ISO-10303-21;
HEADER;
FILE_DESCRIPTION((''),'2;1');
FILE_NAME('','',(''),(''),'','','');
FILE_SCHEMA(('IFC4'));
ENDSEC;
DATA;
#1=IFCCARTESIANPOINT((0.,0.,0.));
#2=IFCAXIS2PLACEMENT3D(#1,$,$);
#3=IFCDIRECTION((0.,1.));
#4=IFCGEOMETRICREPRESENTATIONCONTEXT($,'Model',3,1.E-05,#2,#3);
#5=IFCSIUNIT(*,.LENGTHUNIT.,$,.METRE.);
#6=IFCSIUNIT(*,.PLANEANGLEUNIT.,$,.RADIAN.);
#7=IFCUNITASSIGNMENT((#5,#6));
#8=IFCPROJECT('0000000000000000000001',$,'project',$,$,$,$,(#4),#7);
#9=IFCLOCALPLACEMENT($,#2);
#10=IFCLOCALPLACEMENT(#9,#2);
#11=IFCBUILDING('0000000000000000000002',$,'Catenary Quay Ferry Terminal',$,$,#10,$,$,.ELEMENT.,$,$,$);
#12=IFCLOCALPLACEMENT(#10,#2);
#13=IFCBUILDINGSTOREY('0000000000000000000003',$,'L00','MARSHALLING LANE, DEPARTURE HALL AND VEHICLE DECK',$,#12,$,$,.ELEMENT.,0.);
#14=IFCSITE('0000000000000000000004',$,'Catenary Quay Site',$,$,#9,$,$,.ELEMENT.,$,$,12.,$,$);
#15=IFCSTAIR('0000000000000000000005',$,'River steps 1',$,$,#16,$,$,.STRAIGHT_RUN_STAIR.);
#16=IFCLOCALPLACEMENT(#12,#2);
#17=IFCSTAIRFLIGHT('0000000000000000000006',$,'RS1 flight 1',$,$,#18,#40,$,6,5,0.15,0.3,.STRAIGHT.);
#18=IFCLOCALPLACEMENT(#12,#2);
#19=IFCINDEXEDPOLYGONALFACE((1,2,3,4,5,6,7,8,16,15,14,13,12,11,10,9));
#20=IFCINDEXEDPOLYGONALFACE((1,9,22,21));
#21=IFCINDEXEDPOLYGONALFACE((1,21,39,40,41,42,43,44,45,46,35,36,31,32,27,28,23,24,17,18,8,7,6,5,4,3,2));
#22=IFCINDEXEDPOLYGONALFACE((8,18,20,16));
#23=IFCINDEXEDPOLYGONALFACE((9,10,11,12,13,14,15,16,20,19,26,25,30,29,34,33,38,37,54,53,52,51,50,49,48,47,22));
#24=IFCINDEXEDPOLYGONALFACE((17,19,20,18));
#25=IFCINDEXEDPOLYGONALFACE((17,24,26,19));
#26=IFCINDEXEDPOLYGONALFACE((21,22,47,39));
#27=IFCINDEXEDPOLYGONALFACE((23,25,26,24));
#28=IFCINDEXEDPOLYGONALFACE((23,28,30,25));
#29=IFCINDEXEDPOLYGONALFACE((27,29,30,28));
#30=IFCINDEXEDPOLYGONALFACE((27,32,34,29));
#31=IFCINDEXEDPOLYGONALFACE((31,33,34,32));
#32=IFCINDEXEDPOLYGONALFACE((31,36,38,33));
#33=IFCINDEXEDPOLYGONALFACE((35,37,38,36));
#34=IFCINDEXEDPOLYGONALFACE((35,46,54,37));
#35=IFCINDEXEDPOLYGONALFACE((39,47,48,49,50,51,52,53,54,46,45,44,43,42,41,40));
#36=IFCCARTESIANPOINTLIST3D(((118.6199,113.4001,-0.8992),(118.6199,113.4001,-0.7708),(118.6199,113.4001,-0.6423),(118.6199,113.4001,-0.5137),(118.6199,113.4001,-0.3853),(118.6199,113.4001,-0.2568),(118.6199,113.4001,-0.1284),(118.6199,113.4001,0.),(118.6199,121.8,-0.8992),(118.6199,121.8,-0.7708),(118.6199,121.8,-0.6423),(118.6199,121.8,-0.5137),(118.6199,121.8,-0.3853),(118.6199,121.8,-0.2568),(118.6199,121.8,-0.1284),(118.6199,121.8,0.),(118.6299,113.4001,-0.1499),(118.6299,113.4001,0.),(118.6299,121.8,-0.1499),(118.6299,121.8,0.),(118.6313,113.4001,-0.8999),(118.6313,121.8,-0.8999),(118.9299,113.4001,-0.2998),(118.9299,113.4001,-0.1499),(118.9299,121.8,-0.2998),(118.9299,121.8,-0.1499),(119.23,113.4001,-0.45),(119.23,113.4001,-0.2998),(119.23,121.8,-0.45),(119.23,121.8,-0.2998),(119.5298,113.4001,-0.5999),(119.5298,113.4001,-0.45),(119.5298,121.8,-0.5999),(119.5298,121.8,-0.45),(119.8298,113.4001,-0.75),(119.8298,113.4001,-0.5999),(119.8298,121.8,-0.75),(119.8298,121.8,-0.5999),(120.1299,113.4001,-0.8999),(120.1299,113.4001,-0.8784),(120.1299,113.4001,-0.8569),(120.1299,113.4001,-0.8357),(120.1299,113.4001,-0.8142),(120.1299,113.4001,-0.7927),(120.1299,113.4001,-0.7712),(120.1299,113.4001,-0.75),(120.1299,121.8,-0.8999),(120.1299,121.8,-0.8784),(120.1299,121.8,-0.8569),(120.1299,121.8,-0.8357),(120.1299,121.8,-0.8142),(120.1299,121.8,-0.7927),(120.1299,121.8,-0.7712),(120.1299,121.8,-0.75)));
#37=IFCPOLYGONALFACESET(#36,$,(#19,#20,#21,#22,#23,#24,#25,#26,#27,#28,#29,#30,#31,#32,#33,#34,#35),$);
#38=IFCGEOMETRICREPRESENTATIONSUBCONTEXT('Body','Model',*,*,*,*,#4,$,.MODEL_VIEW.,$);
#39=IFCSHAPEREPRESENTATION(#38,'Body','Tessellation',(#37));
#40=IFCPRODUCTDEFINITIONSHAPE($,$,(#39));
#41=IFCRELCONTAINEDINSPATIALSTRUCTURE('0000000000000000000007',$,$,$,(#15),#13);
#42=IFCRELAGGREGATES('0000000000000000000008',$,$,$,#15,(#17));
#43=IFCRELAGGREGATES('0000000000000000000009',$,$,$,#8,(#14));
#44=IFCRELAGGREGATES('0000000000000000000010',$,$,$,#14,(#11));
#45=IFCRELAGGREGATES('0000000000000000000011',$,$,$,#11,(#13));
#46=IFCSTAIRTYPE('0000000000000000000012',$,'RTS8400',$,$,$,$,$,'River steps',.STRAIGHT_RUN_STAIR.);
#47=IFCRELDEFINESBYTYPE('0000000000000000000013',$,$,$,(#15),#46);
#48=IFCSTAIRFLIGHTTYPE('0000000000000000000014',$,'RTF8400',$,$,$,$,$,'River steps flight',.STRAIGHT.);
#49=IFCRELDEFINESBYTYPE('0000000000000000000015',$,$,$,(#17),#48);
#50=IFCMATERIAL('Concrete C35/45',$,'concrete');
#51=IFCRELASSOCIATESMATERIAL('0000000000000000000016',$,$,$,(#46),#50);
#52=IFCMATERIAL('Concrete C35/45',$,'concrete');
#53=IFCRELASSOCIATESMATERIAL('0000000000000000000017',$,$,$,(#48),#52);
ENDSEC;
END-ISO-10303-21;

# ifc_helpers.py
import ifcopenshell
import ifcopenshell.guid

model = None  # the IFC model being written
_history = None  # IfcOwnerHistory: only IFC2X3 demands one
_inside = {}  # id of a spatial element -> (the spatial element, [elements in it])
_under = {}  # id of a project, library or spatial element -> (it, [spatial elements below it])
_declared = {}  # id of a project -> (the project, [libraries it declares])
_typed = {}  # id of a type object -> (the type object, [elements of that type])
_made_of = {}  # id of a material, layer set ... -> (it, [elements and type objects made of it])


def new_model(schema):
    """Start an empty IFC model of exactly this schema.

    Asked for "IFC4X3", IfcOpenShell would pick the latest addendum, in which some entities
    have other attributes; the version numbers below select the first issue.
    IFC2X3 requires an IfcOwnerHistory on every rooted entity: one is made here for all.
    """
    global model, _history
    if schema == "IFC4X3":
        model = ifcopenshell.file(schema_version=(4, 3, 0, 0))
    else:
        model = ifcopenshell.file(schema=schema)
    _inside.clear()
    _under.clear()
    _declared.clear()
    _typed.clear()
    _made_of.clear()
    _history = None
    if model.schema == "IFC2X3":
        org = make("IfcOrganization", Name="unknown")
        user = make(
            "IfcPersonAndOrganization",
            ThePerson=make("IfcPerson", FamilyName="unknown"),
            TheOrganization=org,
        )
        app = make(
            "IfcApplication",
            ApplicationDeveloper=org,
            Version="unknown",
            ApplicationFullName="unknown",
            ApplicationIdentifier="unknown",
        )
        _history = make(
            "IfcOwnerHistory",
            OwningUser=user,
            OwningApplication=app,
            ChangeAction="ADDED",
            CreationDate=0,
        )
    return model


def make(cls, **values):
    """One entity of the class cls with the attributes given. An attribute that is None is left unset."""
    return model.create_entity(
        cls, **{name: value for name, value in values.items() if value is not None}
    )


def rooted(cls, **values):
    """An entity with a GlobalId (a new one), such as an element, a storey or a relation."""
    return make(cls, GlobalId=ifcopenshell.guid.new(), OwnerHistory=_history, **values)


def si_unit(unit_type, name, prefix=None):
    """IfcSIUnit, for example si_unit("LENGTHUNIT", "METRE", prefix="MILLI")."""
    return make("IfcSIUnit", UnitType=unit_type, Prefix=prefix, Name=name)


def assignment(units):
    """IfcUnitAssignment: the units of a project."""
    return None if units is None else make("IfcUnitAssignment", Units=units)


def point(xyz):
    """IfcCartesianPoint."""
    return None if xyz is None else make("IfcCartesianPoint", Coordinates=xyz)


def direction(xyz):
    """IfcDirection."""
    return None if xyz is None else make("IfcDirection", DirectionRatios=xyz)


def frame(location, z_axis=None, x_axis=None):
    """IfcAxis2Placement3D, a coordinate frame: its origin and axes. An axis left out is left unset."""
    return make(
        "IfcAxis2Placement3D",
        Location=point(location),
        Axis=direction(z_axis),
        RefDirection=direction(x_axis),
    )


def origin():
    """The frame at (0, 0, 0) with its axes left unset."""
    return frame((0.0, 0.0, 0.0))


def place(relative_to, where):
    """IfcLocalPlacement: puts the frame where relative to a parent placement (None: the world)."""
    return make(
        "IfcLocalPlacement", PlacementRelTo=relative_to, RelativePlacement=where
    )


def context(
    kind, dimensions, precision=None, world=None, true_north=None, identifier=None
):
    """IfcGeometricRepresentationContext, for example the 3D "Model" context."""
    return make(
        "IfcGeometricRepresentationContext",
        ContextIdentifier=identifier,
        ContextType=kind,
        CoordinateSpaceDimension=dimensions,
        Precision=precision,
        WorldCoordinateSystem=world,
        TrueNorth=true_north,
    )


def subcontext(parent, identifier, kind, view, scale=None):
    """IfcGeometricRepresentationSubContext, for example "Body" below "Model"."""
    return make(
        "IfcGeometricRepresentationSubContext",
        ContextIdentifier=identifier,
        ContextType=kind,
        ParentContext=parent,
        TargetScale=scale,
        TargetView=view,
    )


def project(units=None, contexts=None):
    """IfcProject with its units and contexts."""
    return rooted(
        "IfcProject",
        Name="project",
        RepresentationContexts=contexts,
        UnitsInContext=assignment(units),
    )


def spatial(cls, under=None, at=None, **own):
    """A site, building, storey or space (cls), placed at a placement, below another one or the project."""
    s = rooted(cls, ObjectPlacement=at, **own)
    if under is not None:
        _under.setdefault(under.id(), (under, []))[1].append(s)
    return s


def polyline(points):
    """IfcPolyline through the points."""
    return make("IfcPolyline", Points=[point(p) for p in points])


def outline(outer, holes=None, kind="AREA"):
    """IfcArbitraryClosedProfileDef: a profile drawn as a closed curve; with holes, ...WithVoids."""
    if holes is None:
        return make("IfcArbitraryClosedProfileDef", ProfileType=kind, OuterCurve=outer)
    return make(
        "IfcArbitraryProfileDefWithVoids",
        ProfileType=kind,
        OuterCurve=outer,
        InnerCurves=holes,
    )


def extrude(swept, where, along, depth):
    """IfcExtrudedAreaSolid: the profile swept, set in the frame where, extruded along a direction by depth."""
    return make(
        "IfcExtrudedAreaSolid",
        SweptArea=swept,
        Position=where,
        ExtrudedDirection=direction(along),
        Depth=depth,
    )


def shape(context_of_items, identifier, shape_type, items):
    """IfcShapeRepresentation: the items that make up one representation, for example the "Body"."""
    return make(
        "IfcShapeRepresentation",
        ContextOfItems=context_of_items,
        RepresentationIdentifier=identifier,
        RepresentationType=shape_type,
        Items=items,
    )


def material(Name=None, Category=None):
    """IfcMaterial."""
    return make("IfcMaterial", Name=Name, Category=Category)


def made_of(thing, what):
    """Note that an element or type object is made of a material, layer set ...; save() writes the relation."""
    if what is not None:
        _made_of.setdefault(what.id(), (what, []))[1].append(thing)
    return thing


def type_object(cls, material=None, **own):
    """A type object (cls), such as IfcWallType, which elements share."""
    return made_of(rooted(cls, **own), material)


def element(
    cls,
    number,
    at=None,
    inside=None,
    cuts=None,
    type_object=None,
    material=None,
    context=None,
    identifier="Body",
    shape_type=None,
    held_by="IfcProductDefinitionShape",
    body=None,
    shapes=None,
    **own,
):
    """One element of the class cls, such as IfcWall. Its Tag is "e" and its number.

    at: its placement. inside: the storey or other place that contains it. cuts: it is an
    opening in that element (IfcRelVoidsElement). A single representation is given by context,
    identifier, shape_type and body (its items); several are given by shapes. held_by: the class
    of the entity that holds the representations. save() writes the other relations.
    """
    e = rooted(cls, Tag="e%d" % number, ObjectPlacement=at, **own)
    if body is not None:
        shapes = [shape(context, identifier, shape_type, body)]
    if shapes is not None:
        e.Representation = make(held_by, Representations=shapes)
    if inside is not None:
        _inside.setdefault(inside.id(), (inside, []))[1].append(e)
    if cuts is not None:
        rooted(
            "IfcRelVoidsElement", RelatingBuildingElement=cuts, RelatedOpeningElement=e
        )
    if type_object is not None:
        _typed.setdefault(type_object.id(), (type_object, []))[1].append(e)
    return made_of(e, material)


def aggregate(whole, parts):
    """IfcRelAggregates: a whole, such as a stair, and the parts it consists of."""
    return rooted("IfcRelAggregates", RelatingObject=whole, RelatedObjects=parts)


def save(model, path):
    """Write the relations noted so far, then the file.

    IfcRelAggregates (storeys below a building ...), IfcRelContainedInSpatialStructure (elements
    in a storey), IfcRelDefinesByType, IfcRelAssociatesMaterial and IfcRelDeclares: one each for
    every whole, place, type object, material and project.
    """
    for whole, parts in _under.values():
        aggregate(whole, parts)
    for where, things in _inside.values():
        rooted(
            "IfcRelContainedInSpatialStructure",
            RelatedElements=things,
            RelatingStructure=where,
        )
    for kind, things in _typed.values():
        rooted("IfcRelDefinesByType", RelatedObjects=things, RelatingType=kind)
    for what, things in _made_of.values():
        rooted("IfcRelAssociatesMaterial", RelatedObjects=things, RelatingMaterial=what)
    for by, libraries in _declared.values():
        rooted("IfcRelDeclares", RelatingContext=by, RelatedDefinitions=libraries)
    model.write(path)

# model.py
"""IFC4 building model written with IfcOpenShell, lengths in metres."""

from ifc_helpers import new_model, si_unit, direction, frame, origin, place, context, subcontext, project, spatial, polyline, outline, extrude, material, type_object, element, aggregate, save


model = new_model("IFC4")

# Units and contexts
model_context = context("Model", 3, precision=1e-05, world=origin(), true_north=direction((0.0, 1.0)))
body_context = subcontext(model_context, "Body", "Model", "MODEL_VIEW")
ifc_project = project(units=[si_unit("LENGTHUNIT", "METRE"), si_unit("PLANEANGLEUNIT", "RADIAN")], contexts=[model_context])

# Site, building, storey
site_placement = place(None, origin())
site = spatial("IfcSite", under=ifc_project, at=site_placement, Name="Catenary Quay Site", CompositionType="ELEMENT", RefElevation=12.0)
building_placement = place(site_placement, origin())
building = spatial("IfcBuilding", under=site, at=building_placement, Name="Catenary Quay Ferry Terminal", CompositionType="ELEMENT")
storey_placement = place(building_placement, origin())
storey = spatial("IfcBuildingStorey", under=building, at=storey_placement, Name="L00", Description="MARSHALLING LANE, DEPARTURE HALL AND VEHICLE DECK", CompositionType="ELEMENT", Elevation=0.0)

# Stair, stair flight
ifc_material_1 = material(Name="Concrete C35/45", Category="concrete")
stair_type = type_object("IfcStairType", Name="RTS8400", ElementType="River steps", PredefinedType="STRAIGHT_RUN_STAIR", material=ifc_material_1)
stair_placement = place(storey_placement, origin())
stair = element("IfcStair", 1, at=stair_placement, inside=storey, type_object=stair_type, Name="River steps 1", PredefinedType="STRAIGHT_RUN_STAIR")
ifc_material_2 = material(Name="Concrete C35/45", Category="concrete")
stair_flight_type = type_object("IfcStairFlightType", Name="RTF8400", ElementType="River steps flight", PredefinedType="STRAIGHT", material=ifc_material_2)
stair_flight_placement = place(storey_placement, frame((120.1299, 117.6001, -0.8999), z_axis=(0.0, 0.0, 1.0), x_axis=(-1.0, 0.0, 0.0)))
stair_flight = element("IfcStairFlight", 2, at=stair_flight_placement, type_object=stair_flight_type, Name="RS1 flight 1", NumberOfRisers=6, NumberOfTreads=5, PredefinedType="STRAIGHT", RiserHeight=0.15, TreadLength=0.3, context=body_context, shape_type="SweptSolid", body=[
    extrude(outline(polyline([(0.0, 0.0), (0.0, 0.0215), (0.0, 0.043), (0.0, 0.0642), (0.0, 0.0857), (0.0, 0.1072), (0.0, 0.1287), (0.0, 0.1499), (0.3, 0.1499), (0.3, 0.3), (0.6001, 0.3), (0.6001, 0.45), (0.8999, 0.45), (0.8999, 0.6001), (1.2, 0.6001), (1.2, 0.75), (1.5, 0.75), (1.5, 0.8999), (1.51, 0.8999), (1.51, 0.7715), (1.51, 0.6431), (1.51, 0.5146), (1.51, 0.3862), (1.51, 0.2576), (1.51, 0.1292), (1.51, 0.0007), (1.4985, 0.0), (0.0, 0.0)])), frame((0.0, 4.2, 0.0), z_axis=(0.0, -1.0, 0.0), x_axis=(1.0, 0.0, 0.0)), (0.0, 0.0, 1.0), 8.3999),
])
aggregate(stair, [stair_flight])

save(model, "model.ifc")
